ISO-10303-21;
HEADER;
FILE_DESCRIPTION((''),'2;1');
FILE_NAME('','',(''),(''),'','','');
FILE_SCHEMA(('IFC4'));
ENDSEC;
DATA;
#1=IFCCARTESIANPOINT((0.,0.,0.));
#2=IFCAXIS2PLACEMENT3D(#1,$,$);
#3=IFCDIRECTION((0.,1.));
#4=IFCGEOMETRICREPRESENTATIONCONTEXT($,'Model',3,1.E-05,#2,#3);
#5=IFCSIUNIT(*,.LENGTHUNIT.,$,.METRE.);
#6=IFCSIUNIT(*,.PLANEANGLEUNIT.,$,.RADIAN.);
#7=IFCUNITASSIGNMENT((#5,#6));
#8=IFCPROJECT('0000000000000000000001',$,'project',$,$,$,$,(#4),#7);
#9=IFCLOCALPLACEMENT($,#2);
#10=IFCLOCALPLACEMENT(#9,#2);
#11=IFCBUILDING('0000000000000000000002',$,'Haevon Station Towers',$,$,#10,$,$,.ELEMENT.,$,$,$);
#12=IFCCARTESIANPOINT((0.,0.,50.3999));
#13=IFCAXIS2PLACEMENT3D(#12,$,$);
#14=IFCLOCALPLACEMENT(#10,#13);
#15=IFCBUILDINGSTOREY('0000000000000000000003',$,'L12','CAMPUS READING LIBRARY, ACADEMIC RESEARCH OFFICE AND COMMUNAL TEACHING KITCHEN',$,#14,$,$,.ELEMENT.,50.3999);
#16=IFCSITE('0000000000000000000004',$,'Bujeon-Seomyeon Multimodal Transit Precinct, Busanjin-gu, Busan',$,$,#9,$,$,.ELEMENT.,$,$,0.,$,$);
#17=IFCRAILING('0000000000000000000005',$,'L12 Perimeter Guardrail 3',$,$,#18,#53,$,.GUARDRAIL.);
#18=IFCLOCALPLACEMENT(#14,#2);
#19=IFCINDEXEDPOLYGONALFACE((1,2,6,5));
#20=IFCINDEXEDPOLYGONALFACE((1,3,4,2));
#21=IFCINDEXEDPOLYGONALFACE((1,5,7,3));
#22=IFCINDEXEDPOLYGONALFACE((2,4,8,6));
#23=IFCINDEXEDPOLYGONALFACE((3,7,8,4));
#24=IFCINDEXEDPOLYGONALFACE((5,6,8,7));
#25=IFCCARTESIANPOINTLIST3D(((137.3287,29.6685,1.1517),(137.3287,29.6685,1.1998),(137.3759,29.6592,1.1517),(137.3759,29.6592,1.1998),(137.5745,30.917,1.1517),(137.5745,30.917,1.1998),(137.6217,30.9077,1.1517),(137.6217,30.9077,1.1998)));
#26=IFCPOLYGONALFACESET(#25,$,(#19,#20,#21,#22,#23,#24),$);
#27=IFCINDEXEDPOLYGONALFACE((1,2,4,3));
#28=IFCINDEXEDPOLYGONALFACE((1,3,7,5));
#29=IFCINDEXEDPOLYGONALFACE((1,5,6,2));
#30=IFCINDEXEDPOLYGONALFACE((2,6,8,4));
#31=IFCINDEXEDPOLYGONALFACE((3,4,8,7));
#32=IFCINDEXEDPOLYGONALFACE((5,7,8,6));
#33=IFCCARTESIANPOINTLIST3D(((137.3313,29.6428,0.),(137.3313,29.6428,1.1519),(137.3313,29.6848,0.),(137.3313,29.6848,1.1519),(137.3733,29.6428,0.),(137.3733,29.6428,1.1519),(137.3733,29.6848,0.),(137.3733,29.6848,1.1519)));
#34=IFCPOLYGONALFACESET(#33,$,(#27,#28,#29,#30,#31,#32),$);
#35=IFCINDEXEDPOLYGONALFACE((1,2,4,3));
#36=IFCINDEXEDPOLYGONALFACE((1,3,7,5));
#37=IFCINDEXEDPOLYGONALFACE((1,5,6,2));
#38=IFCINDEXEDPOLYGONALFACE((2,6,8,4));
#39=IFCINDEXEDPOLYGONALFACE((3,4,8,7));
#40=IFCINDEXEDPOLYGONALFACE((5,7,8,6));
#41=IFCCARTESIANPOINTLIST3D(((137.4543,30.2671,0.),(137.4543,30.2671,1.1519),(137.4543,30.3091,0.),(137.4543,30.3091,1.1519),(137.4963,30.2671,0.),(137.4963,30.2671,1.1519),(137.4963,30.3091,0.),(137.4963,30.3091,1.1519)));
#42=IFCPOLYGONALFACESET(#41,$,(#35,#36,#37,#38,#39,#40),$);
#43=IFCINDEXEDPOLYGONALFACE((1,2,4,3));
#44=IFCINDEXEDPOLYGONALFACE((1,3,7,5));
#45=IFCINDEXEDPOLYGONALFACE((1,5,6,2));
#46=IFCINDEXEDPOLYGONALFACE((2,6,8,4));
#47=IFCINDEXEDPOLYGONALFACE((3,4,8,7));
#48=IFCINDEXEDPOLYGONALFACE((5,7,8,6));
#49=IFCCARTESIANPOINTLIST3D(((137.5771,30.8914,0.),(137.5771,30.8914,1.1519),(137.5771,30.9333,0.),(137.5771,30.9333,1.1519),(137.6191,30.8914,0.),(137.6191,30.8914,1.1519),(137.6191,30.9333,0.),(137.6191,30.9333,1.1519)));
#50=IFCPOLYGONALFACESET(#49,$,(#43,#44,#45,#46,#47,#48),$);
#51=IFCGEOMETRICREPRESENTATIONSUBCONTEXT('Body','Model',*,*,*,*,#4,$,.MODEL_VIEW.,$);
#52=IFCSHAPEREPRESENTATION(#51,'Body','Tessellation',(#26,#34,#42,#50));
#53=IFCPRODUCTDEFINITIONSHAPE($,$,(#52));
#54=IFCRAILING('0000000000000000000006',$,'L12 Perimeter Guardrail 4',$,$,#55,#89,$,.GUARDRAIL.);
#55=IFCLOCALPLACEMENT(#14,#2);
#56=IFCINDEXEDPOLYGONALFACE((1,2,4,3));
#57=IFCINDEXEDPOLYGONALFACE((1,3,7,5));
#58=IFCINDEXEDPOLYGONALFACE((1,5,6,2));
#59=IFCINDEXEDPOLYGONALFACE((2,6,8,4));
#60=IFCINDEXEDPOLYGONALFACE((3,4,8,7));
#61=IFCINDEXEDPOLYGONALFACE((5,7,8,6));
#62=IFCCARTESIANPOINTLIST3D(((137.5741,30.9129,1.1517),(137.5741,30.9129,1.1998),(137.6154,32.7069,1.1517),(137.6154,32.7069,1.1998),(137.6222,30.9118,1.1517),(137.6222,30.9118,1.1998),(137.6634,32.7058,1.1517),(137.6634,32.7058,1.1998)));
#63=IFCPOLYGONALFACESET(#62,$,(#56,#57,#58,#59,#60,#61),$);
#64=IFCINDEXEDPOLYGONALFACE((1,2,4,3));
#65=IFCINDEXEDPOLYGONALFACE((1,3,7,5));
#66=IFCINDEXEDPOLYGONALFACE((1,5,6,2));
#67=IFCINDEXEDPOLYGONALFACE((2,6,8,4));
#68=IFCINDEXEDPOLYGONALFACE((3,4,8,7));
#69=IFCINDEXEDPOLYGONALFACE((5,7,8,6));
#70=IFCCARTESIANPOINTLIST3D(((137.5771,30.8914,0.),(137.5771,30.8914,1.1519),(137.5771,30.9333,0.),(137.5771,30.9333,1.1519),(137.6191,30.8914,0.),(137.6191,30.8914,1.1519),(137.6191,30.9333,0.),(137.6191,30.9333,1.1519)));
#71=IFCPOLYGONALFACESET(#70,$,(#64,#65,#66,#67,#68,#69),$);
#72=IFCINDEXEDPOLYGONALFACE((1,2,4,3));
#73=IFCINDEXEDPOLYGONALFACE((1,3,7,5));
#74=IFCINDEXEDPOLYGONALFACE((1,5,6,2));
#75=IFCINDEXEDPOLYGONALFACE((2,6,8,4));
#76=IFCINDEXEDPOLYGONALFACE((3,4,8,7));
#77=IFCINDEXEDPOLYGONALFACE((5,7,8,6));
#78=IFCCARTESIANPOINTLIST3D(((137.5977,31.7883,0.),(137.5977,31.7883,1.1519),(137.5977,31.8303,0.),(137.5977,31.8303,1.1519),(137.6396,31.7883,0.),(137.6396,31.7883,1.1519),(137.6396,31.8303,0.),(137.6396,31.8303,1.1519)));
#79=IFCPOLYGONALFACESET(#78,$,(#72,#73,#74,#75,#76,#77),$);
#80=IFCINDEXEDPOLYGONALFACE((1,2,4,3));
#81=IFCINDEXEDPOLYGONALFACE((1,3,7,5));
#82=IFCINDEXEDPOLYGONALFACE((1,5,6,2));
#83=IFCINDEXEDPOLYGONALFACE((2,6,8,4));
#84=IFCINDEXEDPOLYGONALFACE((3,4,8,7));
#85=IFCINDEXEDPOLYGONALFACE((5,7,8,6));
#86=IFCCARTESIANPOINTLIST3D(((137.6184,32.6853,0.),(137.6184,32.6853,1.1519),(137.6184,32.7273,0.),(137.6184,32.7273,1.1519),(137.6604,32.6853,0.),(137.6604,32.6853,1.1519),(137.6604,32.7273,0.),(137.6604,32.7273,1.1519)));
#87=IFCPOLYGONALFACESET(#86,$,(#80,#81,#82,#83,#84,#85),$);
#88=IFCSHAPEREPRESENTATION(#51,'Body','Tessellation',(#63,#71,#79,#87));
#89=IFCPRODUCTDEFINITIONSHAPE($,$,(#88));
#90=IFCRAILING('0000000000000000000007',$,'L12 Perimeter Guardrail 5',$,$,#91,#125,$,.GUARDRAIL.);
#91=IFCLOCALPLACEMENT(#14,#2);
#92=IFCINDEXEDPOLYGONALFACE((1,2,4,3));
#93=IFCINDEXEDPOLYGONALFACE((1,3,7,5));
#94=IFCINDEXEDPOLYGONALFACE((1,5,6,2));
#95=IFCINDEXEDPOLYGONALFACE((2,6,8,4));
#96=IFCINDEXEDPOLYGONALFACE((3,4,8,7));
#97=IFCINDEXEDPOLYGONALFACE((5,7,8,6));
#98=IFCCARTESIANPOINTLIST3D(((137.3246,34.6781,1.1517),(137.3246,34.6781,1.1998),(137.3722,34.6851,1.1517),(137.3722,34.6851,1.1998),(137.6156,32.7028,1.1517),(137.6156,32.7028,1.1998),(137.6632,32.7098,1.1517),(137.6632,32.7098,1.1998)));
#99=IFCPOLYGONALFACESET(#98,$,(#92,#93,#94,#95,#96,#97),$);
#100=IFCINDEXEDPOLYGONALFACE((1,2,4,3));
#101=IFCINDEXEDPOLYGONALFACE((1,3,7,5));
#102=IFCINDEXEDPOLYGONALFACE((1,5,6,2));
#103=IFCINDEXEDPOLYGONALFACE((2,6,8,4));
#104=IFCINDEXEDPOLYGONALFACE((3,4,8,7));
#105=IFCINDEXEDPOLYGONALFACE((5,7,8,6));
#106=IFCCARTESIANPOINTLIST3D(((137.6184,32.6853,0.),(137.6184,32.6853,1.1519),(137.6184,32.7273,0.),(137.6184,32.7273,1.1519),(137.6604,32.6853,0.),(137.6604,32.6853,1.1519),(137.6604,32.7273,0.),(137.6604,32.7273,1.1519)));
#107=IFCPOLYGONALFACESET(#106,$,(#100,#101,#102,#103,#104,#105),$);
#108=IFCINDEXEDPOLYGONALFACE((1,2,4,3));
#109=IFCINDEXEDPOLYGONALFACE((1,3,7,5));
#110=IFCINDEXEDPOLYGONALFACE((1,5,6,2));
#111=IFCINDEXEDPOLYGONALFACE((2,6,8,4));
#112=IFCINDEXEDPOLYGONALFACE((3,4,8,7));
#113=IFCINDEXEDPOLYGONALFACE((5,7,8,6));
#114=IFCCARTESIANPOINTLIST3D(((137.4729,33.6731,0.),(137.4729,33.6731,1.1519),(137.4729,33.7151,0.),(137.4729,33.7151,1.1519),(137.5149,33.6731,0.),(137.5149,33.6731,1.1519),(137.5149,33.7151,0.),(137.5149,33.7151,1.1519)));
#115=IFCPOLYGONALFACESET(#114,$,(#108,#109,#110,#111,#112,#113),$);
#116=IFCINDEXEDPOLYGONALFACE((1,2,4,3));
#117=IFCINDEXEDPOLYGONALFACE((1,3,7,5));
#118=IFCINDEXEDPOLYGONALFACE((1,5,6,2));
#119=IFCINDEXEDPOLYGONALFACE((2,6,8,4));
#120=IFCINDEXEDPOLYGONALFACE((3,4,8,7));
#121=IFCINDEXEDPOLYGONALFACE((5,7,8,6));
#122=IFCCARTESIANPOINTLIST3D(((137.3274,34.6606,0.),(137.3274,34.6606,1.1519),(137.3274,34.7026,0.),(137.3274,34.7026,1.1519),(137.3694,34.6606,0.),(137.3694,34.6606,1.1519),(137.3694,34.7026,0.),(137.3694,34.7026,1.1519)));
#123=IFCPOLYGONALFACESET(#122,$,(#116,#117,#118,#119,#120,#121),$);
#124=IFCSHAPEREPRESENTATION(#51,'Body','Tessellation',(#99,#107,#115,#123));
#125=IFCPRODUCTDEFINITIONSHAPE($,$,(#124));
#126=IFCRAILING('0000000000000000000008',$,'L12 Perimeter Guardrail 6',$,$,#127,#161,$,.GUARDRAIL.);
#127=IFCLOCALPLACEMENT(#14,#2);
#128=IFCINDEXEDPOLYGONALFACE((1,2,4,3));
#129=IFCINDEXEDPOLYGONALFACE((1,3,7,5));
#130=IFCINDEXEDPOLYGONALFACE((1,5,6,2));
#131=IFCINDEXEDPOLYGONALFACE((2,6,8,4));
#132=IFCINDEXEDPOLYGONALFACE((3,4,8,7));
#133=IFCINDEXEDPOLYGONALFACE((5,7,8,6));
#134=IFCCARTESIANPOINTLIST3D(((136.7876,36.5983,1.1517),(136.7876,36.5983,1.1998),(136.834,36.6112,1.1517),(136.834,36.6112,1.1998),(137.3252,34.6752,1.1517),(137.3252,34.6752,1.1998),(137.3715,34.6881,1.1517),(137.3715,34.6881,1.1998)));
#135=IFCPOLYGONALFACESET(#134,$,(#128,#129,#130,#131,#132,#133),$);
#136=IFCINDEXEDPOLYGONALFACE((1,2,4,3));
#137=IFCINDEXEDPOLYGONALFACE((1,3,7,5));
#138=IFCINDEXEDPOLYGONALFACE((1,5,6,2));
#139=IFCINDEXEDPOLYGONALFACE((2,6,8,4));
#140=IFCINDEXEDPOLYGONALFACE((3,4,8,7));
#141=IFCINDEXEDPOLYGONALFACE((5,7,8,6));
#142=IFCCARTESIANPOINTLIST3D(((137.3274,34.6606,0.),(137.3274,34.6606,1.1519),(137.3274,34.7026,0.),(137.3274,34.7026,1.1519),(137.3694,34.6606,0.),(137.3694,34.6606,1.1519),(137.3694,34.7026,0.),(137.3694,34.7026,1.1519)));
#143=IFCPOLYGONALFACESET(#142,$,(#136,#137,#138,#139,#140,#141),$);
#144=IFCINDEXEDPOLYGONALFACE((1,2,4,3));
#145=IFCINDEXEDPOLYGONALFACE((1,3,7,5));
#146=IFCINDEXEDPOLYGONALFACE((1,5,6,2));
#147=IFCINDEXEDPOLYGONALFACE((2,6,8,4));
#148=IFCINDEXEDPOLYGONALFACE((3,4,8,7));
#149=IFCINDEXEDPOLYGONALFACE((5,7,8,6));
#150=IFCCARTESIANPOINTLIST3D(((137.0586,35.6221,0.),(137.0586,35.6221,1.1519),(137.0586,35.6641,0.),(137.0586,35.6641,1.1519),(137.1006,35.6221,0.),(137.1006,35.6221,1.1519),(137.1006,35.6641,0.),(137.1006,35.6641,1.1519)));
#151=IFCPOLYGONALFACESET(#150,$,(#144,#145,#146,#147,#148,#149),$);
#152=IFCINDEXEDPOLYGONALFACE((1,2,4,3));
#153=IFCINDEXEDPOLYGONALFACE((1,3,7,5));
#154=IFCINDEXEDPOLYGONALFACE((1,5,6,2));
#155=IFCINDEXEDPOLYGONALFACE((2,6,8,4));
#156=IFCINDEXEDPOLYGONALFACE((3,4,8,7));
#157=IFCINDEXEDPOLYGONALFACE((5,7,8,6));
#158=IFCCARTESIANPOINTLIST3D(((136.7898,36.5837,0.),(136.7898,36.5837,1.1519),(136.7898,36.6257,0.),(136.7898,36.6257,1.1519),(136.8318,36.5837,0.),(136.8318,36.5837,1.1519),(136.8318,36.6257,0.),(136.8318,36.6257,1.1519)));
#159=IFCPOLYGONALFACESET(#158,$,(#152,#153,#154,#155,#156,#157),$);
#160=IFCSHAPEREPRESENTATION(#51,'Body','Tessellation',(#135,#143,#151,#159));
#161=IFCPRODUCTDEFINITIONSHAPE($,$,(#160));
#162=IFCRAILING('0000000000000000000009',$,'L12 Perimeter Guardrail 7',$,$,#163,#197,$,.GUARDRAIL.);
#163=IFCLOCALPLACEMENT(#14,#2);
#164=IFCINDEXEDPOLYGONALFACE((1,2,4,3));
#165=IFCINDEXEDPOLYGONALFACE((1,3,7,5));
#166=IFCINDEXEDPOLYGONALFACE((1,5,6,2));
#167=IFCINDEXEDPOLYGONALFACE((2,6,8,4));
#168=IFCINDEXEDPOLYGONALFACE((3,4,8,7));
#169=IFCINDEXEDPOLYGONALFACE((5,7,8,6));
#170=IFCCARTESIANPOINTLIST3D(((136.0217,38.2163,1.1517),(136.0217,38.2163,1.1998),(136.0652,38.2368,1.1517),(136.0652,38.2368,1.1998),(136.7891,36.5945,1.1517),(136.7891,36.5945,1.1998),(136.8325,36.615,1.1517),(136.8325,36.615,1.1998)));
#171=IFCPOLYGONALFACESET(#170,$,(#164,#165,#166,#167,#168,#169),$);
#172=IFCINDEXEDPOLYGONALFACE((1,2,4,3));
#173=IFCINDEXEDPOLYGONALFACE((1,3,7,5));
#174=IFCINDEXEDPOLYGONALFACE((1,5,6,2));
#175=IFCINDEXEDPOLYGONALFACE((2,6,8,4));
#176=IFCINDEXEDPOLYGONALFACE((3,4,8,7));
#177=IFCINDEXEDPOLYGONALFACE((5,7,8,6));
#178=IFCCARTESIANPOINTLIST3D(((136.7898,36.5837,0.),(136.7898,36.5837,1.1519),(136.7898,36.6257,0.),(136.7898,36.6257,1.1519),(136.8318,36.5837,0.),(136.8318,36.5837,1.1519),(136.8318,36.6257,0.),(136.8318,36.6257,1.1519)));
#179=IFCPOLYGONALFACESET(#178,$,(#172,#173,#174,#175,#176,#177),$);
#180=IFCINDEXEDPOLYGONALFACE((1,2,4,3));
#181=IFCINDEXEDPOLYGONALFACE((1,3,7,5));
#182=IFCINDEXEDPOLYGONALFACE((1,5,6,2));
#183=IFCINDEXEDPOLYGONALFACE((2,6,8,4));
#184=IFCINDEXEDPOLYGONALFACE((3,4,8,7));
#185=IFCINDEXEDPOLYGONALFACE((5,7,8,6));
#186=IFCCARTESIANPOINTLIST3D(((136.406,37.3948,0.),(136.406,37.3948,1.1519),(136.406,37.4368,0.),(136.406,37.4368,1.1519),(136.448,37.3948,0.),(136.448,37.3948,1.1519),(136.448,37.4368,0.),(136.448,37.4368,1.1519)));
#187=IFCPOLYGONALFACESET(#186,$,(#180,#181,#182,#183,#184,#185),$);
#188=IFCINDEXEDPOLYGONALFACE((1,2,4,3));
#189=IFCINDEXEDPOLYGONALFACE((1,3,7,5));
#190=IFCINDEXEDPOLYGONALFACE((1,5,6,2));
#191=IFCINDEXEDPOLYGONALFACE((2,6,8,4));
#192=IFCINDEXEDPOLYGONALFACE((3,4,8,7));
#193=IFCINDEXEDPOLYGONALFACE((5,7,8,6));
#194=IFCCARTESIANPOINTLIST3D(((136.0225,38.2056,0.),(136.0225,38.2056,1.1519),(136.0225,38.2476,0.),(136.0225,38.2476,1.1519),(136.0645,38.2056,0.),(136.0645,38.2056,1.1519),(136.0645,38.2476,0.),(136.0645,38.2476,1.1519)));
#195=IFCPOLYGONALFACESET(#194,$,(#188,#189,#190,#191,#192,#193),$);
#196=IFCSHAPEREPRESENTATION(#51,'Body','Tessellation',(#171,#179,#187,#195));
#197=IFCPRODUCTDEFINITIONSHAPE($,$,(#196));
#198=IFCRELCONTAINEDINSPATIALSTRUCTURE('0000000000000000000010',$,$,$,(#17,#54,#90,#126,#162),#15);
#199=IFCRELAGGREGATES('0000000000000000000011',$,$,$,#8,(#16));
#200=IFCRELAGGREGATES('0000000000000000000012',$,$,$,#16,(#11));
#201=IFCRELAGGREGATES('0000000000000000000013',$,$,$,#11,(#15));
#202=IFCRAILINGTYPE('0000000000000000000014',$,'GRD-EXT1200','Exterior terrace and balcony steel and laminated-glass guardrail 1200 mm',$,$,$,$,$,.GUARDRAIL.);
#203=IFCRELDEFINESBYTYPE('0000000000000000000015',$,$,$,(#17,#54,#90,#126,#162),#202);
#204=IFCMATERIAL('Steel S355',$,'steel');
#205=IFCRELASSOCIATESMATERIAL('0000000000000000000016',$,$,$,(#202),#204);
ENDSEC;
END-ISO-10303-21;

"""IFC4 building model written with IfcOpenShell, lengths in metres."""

from ifc_helpers import new_model, si_unit, direction, frame, origin, origin_2d, place, context, subcontext, project, spatial, rectangle, extrude, material, type_object, element, save


model = new_model("IFC4")

# Units and contexts
model_context = context("Model", 3, precision=1e-05, world=origin(), true_north=direction((0.0, 1.0)))
body_context = subcontext(model_context, "Body", "Model", "MODEL_VIEW")
ifc_project = project(units=[si_unit("LENGTHUNIT", "METRE"), si_unit("PLANEANGLEUNIT", "RADIAN")], contexts=[model_context])

# Site, building, storey
site_placement = place(None, origin())
site = spatial("IfcSite", under=ifc_project, at=site_placement, Name="Bujeon-Seomyeon Multimodal Transit Precinct, Busanjin-gu, Busan", CompositionType="ELEMENT", RefElevation=0.0)
building_placement = place(site_placement, origin())
building = spatial("IfcBuilding", under=site, at=building_placement, Name="Haevon Station Towers", CompositionType="ELEMENT")
storey_placement = place(building_placement, frame((0.0, 0.0, 50.3999)))
storey = spatial("IfcBuildingStorey", under=building, at=storey_placement, Name="L12", Description="CAMPUS READING LIBRARY, ACADEMIC RESEARCH OFFICE AND COMMUNAL TEACHING KITCHEN", CompositionType="ELEMENT", Elevation=50.3999)

# Shared definitions
ifc_material_1 = material(Name="Steel S355", Category="steel")

# Railings
railing_type = type_object("IfcRailingType", Name="GRD-EXT1200", Description="Exterior terrace and balcony steel and laminated-glass guardrail 1200 mm", PredefinedType="GUARDRAIL", material=ifc_material_1)
railing_1_placement = place(storey_placement, frame((137.3523, 29.6638, 0.0)))
element("IfcRailing", 1, at=railing_1_placement, inside=storey, type_object=railing_type, Name="L12 Perimeter Guardrail 3", PredefinedType="GUARDRAIL", context=body_context, shape_type="SweptSolid", body=[
    extrude(rectangle(XDim=0.0481, YDim=0.0481, at=origin_2d()), frame((0.0, 0.0, 1.1758), z_axis=(0.193201, 0.981159, 0.0), x_axis=(-0.981159, 0.193201, 0.0)), (0.0, 0.0, 1.0), 1.2725),
    extrude(rectangle(XDim=0.042, YDim=0.042, at=origin_2d()), origin(), (0.0, 0.0, 1.0), 1.1519),
    extrude(rectangle(XDim=0.042, YDim=0.042, at=origin_2d()), frame((0.123, 0.6243, 0.0)), (0.0, 0.0, 1.0), 1.1519),
    extrude(rectangle(XDim=0.042, YDim=0.042, at=origin_2d()), frame((0.2458, 1.2485, 0.0)), (0.0, 0.0, 1.0), 1.1519),
])
railing_2_placement = place(storey_placement, frame((137.5981, 30.9124, 0.0)))
element("IfcRailing", 2, at=railing_2_placement, inside=storey, type_object=railing_type, Name="L12 Perimeter Guardrail 4", PredefinedType="GUARDRAIL", context=body_context, shape_type="SweptSolid", body=[
    extrude(rectangle(XDim=0.0481, YDim=0.0481, at=origin_2d()), frame((0.0, 0.0, 1.1758), z_axis=(0.022993, 0.999736, 0.0), x_axis=(-0.999736, 0.022993, 0.0)), (0.0, 0.0, 1.0), 1.7944),
    extrude(rectangle(XDim=0.042, YDim=0.042, at=origin_2d()), origin(), (0.0, 0.0, 1.0), 1.1519),
    extrude(rectangle(XDim=0.042, YDim=0.042, at=origin_2d()), frame((0.0205, 0.897, 0.0)), (0.0, 0.0, 1.0), 1.1519),
    extrude(rectangle(XDim=0.042, YDim=0.042, at=origin_2d()), frame((0.0413, 1.7939, 0.0)), (0.0, 0.0, 1.0), 1.1519),
])
railing_3_placement = place(storey_placement, frame((137.6394, 32.7063, 0.0)))
element("IfcRailing", 3, at=railing_3_placement, inside=storey, type_object=railing_type, Name="L12 Perimeter Guardrail 5", PredefinedType="GUARDRAIL", context=body_context, shape_type="SweptSolid", body=[
    extrude(rectangle(XDim=0.0481, YDim=0.0481, at=origin_2d()), frame((0.0, 0.0, 1.1758), z_axis=(-0.145751, 0.989321, 0.0), x_axis=(-0.989321, -0.145751, 0.0)), (0.0, 0.0, 1.0), 1.9966),
    extrude(rectangle(XDim=0.042, YDim=0.042, at=origin_2d()), origin(), (0.0, 0.0, 1.0), 1.1519),
    extrude(rectangle(XDim=0.042, YDim=0.042, at=origin_2d()), frame((-0.1455, 0.9878, 0.0)), (0.0, 0.0, 1.0), 1.1519),
    extrude(rectangle(XDim=0.042, YDim=0.042, at=origin_2d()), frame((-0.291, 1.9753, 0.0)), (0.0, 0.0, 1.0), 1.1519),
])
railing_4_placement = place(storey_placement, frame((137.3484, 34.6816, 0.0)))
element("IfcRailing", 4, at=railing_4_placement, inside=storey, type_object=railing_type, Name="L12 Perimeter Guardrail 6", PredefinedType="GUARDRAIL", context=body_context, shape_type="SweptSolid", body=[
    extrude(rectangle(XDim=0.0481, YDim=0.0481, at=origin_2d()), frame((0.0, 0.0, 1.1758), z_axis=(-0.269226, 0.963077, 0.0), x_axis=(-0.963077, -0.269226, 0.0)), (0.0, 0.0, 1.0), 1.9968),
    extrude(rectangle(XDim=0.042, YDim=0.042, at=origin_2d()), origin(), (0.0, 0.0, 1.0), 1.1519),
    extrude(rectangle(XDim=0.042, YDim=0.042, at=origin_2d()), frame((-0.2688, 0.9614, 0.0)), (0.0, 0.0, 1.0), 1.1519),
    extrude(rectangle(XDim=0.042, YDim=0.042, at=origin_2d()), frame((-0.5376, 1.9231, 0.0)), (0.0, 0.0, 1.0), 1.1519),
])
railing_5_placement = place(storey_placement, frame((136.8108, 36.6047, 0.0)))
element("IfcRailing", 5, at=railing_5_placement, inside=storey, type_object=railing_type, Name="L12 Perimeter Guardrail 7", PredefinedType="GUARDRAIL", context=body_context, shape_type="SweptSolid", body=[
    extrude(rectangle(XDim=0.0481, YDim=0.0481, at=origin_2d()), frame((0.0, 0.0, 1.1758), z_axis=(-0.427677, 0.903932, 0.0), x_axis=(-0.903932, -0.427677, 0.0)), (0.0, 0.0, 1.0), 1.7942),
    extrude(rectangle(XDim=0.042, YDim=0.042, at=origin_2d()), origin(), (0.0, 0.0, 1.0), 1.1519),
    extrude(rectangle(XDim=0.042, YDim=0.042, at=origin_2d()), frame((-0.3838, 0.811, 0.0)), (0.0, 0.0, 1.0), 1.1519),
    extrude(rectangle(XDim=0.042, YDim=0.042, at=origin_2d()), frame((-0.7673, 1.6218, 0.0)), (0.0, 0.0, 1.0), 1.1519),
])

save(model, "model.ifc")
